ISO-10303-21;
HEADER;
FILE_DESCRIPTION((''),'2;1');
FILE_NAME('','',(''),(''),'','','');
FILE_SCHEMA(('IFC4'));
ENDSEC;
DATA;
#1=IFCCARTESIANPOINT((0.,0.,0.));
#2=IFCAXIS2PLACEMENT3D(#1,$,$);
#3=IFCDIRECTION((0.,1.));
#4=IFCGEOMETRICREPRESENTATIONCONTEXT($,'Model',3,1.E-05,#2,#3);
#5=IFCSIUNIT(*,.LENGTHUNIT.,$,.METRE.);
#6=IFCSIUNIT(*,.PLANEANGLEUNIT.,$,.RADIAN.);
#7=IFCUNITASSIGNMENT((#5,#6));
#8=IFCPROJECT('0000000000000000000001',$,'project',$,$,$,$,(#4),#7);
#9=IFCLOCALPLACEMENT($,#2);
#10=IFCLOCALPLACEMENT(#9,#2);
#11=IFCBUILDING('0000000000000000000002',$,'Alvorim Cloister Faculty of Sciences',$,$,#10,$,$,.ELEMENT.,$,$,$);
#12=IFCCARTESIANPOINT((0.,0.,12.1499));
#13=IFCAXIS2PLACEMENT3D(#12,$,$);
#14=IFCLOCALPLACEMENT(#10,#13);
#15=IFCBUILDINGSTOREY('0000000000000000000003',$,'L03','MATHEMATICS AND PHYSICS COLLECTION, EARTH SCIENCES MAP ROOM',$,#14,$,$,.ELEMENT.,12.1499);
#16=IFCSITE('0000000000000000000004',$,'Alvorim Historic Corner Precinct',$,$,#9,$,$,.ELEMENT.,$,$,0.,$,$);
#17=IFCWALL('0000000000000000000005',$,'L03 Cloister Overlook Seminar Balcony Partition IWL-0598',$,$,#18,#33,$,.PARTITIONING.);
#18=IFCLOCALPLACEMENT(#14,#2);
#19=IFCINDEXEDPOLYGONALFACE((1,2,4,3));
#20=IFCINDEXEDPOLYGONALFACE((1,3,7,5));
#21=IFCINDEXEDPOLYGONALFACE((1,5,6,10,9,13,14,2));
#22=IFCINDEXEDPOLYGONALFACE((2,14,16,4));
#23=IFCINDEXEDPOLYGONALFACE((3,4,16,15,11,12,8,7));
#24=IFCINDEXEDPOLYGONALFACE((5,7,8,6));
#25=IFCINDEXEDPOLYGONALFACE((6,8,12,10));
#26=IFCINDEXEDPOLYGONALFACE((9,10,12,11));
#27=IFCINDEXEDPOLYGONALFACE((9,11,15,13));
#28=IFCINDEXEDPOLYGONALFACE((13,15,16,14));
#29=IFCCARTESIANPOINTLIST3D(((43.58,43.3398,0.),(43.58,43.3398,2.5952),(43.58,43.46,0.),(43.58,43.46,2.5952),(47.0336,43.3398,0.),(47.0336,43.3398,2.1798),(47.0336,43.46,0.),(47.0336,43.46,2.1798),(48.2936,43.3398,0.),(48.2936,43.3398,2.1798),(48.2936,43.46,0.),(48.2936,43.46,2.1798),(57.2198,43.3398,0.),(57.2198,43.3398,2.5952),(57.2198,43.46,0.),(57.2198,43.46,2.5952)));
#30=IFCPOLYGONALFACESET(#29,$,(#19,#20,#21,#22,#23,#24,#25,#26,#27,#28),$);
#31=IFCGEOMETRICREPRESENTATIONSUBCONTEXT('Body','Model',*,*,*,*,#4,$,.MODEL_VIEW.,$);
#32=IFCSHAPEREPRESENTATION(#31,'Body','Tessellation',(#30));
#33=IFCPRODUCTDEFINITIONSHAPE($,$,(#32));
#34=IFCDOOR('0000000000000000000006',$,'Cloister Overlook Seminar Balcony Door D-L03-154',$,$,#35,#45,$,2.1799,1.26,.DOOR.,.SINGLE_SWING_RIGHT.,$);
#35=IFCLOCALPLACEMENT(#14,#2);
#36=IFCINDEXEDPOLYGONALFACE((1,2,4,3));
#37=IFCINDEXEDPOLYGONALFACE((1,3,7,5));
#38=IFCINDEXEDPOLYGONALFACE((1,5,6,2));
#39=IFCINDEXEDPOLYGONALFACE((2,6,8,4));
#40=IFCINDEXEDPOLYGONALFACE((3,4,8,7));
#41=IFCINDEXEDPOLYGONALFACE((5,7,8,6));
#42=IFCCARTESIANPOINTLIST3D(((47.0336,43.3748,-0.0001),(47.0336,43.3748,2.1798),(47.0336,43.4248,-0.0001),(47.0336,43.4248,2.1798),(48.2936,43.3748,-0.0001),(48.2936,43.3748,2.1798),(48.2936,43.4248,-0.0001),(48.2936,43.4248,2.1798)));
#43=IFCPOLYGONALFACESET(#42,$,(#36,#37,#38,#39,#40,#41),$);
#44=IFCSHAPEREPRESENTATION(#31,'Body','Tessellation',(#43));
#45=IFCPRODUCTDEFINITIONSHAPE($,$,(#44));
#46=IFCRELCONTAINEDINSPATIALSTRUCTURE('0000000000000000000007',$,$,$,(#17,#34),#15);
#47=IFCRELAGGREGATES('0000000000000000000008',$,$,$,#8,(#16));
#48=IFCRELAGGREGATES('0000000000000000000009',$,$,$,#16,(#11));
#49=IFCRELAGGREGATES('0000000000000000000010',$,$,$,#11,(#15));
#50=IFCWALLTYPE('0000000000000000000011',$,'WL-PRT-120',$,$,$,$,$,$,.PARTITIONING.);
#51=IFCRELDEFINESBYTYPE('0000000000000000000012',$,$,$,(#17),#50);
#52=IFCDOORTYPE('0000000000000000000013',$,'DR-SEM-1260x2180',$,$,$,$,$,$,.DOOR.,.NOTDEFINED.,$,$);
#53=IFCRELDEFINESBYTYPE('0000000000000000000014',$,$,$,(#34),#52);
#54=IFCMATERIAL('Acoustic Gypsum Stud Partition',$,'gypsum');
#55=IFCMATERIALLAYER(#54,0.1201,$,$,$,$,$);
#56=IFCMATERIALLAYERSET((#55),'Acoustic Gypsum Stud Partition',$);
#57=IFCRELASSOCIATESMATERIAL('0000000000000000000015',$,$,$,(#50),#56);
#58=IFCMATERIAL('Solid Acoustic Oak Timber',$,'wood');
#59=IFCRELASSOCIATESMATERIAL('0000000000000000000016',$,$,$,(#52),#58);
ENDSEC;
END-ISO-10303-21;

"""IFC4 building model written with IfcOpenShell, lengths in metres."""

from ifc_helpers import new_model, si_unit, direction, frame, frame_2d, origin, place, context, subcontext, project, spatial, rectangle, extrude, material, layer, layer_set, type_object, element, fill, save


model = new_model("IFC4")

# Units and contexts
model_context = context("Model", 3, precision=1e-05, world=origin(), true_north=direction((0.0, 1.0)))
body_context = subcontext(model_context, "Body", "Model", "MODEL_VIEW")
ifc_project = project(units=[si_unit("LENGTHUNIT", "METRE"), si_unit("PLANEANGLEUNIT", "RADIAN")], contexts=[model_context])

# Site, building, storey
site_placement = place(None, origin())
site = spatial("IfcSite", under=ifc_project, at=site_placement, Name="Alvorim Historic Corner Precinct", CompositionType="ELEMENT", RefElevation=0.0)
building_placement = place(site_placement, origin())
building = spatial("IfcBuilding", under=site, at=building_placement, Name="Alvorim Cloister Faculty of Sciences", CompositionType="ELEMENT")
storey_placement = place(building_placement, frame((0.0, 0.0, 12.1499)))
storey = spatial("IfcBuildingStorey", under=building, at=storey_placement, Name="L03", Description="MATHEMATICS AND PHYSICS COLLECTION, EARTH SCIENCES MAP ROOM", CompositionType="ELEMENT", Elevation=12.1499)

# Wall, opening, door
ifc_material_1 = material(Name="Acoustic Gypsum Stud Partition", Category="gypsum")
ifc_layer = layer(ifc_material_1, 0.1201)
ifc_layer_set = layer_set([ifc_layer], Name="Acoustic Gypsum Stud Partition")
wall_type = type_object("IfcWallType", Name="WL-PRT-120", PredefinedType="PARTITIONING", material=ifc_layer_set)
wall_placement = place(storey_placement, frame((43.5801, 43.3999, 0.0), z_axis=(0.0, 0.0, 1.0), x_axis=(1.0, 0.0, 0.0)))
wall = element("IfcWall", 1, at=wall_placement, inside=storey, type_object=wall_type, Name="L03 Cloister Overlook Seminar Balcony Partition IWL-0598", PredefinedType="PARTITIONING", context=body_context, shape_type="SweptSolid", body=[
    extrude(rectangle(XDim=13.6399, YDim=0.1201, at=frame_2d((6.8198, 0.0))), origin(), (0.0, 0.0, 1.0), 2.5952),
])
opening_placement = place(wall_placement, frame((3.4536, 0.0, 0.0)))
opening = element("IfcOpeningElement", 2, at=opening_placement, cuts=wall, PredefinedType="OPENING", context=body_context, shape_type="SweptSolid", body=[
    extrude(rectangle(XDim=1.26, YDim=2.1799, at=frame_2d((0.6299, 1.0898))), frame((0.0, 0.072, 0.0), z_axis=(0.0, -1.0, 0.0), x_axis=(1.0, 0.0, 0.0)), (0.0, 0.0, 1.0), 0.144),
])
ifc_material_2 = material(Name="Solid Acoustic Oak Timber", Category="wood")
door_type = type_object("IfcDoorType", Name="DR-SEM-1260x2180", OperationType="NOTDEFINED", PredefinedType="DOOR", material=ifc_material_2)
door_placement = place(opening_placement, origin())
door = element("IfcDoor", 3, at=door_placement, inside=storey, type_object=door_type, Name="Cloister Overlook Seminar Balcony Door D-L03-154", OperationType="SINGLE_SWING_RIGHT", OverallHeight=2.1799, OverallWidth=1.26, PredefinedType="DOOR", context=body_context, shape_type="SweptSolid", body=[
    extrude(rectangle(XDim=1.26, YDim=2.1799, at=frame_2d((0.6299, 1.0898))), frame((0.0, 0.0249, 0.0), z_axis=(0.0, -1.0, 0.0), x_axis=(1.0, 0.0, 0.0)), (0.0, 0.0, 1.0), 0.05),
])
fill(opening, door)

save(model, "model.ifc")
